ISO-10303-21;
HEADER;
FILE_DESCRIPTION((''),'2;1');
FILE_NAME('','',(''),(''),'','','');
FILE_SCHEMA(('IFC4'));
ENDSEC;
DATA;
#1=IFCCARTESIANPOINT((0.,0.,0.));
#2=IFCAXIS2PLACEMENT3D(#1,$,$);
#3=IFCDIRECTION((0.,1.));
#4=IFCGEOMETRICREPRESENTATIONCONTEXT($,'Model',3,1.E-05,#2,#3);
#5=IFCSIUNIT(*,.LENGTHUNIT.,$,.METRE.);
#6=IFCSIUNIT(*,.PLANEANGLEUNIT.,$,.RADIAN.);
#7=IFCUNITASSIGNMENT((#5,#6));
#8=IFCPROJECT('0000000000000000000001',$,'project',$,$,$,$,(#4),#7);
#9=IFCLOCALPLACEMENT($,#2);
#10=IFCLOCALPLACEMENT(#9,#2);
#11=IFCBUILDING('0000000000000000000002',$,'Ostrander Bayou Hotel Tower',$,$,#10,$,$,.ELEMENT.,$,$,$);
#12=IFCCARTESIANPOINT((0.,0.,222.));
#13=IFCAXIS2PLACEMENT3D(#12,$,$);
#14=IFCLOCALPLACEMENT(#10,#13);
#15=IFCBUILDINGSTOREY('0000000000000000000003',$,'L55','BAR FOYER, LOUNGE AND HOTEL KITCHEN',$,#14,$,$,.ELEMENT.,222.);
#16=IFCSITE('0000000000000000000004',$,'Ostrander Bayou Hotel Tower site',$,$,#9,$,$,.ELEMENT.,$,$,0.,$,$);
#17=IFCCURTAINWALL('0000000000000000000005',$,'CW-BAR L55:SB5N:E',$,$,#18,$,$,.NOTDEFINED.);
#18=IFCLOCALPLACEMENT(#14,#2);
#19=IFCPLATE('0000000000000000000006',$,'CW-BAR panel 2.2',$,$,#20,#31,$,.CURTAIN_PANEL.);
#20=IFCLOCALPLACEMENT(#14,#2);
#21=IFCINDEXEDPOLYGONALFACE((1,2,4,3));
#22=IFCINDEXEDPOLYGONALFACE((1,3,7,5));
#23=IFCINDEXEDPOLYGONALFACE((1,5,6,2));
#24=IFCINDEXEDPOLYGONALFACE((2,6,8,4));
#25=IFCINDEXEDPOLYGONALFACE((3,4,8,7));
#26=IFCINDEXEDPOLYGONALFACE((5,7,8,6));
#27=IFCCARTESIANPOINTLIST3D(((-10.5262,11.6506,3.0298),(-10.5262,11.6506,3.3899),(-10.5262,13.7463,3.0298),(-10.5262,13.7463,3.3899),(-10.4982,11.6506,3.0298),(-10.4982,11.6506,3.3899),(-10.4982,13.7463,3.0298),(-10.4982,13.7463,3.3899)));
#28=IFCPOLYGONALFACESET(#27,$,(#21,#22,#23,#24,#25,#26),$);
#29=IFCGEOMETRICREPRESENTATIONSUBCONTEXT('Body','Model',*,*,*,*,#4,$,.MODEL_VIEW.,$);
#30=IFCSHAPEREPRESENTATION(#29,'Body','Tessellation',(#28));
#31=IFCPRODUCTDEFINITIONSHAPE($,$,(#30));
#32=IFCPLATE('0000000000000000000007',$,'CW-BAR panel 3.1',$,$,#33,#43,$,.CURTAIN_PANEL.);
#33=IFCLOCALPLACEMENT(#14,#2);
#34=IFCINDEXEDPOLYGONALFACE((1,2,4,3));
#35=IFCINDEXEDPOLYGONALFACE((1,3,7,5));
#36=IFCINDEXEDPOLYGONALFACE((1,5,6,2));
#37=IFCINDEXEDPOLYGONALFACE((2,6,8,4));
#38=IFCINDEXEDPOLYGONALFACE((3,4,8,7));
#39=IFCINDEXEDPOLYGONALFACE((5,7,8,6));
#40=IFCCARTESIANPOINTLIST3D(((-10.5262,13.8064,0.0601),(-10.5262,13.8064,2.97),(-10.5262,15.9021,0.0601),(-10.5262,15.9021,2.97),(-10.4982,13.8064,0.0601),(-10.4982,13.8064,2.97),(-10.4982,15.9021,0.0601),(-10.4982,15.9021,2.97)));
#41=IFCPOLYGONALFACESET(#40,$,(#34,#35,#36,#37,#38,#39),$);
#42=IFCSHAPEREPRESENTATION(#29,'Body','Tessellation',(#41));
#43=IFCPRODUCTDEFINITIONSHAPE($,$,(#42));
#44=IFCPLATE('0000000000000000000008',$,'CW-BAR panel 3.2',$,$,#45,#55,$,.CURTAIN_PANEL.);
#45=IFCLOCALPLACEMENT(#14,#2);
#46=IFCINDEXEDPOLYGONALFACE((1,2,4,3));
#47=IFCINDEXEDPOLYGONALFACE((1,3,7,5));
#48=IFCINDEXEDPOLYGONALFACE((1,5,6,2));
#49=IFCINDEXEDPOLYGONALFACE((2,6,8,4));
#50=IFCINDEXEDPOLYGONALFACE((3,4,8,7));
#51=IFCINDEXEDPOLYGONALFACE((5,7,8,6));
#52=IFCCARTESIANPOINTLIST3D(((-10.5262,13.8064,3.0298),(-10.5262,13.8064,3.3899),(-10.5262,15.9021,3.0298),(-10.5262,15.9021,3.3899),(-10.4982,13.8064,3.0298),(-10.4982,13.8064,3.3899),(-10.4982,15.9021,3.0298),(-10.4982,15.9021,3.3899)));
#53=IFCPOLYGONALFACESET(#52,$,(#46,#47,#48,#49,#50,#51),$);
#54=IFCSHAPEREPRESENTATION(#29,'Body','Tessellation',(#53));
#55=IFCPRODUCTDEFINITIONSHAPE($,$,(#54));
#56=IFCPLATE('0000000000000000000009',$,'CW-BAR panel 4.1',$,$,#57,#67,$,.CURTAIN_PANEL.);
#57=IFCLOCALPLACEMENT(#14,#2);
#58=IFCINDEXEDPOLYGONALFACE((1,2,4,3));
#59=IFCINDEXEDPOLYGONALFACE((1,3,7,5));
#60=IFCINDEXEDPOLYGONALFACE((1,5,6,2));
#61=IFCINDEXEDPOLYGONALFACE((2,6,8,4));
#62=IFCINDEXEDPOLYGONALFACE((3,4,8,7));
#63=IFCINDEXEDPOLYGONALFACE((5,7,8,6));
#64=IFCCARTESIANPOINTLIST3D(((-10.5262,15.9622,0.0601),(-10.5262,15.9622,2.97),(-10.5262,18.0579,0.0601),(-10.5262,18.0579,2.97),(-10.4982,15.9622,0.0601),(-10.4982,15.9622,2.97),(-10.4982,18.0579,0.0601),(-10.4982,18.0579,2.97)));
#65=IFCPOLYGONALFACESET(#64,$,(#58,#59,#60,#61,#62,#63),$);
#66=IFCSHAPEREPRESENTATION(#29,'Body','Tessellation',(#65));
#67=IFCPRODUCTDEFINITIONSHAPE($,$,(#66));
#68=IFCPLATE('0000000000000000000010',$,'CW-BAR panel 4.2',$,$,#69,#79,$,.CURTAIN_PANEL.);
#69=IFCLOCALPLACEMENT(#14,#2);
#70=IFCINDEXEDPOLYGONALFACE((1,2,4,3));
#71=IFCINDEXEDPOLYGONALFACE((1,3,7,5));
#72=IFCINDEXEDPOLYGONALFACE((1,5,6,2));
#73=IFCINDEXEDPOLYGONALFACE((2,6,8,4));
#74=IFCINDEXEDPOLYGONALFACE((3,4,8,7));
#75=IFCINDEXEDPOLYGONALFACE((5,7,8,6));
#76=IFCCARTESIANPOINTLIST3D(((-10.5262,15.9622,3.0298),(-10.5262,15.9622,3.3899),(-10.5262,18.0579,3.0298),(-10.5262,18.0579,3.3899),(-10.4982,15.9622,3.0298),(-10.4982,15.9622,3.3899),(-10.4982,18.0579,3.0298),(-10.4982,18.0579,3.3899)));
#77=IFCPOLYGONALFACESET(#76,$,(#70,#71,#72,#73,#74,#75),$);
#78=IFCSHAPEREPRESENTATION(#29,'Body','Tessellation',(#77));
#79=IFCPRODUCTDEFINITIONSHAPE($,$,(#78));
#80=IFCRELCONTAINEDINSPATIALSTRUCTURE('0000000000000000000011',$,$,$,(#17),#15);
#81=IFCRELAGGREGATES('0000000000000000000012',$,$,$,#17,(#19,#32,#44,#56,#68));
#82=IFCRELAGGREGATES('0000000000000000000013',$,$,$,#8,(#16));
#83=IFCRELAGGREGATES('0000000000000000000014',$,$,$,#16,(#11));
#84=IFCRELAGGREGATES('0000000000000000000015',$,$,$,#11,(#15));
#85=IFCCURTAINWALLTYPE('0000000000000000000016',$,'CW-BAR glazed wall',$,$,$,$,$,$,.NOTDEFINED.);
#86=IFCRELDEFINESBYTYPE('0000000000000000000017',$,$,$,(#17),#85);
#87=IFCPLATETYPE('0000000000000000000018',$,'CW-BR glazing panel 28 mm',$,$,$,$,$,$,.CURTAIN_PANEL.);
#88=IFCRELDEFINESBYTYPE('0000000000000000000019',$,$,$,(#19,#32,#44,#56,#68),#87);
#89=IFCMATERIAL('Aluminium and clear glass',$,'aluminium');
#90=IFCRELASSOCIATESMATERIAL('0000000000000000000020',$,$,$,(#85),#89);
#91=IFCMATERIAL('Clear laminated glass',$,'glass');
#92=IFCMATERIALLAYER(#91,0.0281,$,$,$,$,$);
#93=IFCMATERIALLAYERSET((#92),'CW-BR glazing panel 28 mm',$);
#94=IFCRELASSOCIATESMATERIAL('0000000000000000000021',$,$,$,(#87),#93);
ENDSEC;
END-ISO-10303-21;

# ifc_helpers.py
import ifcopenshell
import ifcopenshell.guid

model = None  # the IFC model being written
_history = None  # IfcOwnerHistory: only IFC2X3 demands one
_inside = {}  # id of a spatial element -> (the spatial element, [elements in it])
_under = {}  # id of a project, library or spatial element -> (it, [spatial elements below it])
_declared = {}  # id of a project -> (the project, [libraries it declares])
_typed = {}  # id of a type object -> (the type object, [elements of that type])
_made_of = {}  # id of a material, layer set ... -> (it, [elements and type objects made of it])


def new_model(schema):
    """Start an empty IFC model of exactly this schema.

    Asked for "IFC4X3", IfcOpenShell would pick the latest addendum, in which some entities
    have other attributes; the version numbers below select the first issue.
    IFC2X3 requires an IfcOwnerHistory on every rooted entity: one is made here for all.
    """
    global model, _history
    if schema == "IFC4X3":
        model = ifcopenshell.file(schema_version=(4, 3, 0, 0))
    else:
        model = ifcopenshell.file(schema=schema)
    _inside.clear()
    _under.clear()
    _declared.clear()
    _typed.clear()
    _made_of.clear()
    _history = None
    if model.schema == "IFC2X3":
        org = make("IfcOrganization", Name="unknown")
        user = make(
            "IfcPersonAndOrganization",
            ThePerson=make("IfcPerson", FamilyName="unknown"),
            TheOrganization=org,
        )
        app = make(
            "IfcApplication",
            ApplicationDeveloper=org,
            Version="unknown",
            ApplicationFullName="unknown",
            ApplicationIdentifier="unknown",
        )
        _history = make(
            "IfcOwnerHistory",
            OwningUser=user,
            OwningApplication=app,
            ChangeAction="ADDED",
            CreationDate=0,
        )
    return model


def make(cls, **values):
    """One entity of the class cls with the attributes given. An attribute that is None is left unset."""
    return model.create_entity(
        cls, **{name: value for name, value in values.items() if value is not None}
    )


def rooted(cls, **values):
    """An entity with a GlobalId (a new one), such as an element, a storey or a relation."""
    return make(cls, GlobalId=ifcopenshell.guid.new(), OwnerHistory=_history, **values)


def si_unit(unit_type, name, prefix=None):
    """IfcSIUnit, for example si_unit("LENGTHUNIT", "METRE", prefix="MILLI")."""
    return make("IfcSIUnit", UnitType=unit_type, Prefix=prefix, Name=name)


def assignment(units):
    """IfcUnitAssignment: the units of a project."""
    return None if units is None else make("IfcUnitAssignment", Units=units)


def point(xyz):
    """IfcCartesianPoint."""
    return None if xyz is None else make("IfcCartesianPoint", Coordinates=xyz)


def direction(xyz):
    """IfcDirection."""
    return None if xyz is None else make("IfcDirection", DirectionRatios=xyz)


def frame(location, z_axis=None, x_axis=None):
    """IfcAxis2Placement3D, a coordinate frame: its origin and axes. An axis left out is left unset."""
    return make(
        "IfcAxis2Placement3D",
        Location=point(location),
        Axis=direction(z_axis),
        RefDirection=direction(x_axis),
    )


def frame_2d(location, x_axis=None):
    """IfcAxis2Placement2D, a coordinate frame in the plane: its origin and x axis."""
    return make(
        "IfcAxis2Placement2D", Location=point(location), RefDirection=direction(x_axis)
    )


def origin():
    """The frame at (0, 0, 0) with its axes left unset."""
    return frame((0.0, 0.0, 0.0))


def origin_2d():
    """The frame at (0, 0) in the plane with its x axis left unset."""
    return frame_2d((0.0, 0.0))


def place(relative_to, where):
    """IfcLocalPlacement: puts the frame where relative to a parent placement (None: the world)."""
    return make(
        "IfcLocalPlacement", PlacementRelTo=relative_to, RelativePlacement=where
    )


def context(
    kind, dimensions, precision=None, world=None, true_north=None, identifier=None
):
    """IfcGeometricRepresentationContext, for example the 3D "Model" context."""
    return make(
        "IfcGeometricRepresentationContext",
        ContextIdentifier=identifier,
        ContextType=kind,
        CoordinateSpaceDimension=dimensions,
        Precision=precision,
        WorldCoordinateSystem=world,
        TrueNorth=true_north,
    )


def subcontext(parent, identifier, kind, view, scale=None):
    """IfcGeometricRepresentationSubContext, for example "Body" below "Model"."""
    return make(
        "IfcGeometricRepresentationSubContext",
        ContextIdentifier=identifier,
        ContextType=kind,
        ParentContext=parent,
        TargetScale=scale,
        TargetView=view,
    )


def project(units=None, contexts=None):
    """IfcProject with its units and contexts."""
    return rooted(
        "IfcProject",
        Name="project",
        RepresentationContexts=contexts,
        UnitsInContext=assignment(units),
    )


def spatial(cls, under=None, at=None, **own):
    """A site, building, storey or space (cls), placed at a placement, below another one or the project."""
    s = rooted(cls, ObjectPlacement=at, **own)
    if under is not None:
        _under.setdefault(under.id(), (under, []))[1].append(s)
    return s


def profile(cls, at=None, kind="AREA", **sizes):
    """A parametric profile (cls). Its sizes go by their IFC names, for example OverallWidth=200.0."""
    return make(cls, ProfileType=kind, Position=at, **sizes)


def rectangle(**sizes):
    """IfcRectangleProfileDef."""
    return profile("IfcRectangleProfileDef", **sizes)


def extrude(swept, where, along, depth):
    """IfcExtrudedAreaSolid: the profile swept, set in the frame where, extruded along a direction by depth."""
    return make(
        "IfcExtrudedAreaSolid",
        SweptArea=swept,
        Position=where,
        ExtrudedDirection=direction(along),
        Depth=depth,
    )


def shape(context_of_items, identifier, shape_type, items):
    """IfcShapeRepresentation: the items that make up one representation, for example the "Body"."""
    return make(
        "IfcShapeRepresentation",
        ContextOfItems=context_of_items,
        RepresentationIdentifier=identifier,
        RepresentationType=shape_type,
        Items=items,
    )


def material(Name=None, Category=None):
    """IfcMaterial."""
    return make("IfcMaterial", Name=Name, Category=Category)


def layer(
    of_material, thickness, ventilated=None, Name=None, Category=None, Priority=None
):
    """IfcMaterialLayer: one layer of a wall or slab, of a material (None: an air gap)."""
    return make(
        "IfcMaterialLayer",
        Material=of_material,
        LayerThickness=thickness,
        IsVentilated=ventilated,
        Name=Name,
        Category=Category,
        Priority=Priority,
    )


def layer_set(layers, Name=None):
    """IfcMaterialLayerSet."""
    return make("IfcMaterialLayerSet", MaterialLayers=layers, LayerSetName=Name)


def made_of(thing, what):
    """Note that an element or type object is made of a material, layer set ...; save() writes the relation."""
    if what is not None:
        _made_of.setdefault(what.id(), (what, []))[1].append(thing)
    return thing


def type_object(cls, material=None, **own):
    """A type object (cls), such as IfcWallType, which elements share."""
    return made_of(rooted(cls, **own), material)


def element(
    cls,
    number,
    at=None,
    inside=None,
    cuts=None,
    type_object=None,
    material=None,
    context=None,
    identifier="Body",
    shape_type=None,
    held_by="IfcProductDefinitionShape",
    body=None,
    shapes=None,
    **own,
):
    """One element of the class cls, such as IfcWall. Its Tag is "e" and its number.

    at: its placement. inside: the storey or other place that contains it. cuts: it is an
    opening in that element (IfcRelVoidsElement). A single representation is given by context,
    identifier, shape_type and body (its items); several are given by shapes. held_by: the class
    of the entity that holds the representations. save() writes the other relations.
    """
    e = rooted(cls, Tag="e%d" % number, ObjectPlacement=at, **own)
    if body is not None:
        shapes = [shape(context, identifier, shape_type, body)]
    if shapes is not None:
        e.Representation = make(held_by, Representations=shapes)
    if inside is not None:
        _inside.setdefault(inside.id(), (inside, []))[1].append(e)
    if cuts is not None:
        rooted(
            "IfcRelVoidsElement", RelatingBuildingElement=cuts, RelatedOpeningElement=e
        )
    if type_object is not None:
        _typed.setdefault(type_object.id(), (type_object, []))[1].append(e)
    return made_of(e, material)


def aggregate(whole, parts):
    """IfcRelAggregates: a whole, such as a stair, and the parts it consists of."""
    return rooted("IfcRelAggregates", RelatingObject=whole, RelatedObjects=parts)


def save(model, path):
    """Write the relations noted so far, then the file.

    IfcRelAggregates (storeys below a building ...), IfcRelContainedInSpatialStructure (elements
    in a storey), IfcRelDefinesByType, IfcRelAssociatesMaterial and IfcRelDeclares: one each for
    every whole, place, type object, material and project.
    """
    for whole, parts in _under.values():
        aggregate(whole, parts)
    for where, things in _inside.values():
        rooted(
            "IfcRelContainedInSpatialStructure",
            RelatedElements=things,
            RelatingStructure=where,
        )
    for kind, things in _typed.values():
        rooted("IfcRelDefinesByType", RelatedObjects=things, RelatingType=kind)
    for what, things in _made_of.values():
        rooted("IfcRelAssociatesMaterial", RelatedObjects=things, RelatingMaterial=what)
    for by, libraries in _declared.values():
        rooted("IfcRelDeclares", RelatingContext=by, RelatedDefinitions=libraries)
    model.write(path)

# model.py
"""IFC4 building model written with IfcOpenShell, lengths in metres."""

from ifc_helpers import new_model, si_unit, direction, frame, origin, origin_2d, place, context, subcontext, project, spatial, rectangle, extrude, material, layer, layer_set, type_object, element, aggregate, save


model = new_model("IFC4")

# Units and contexts
model_context = context("Model", 3, precision=1e-05, world=origin(), true_north=direction((0.0, 1.0)))
body_context = subcontext(model_context, "Body", "Model", "MODEL_VIEW")
ifc_project = project(units=[si_unit("LENGTHUNIT", "METRE"), si_unit("PLANEANGLEUNIT", "RADIAN")], contexts=[model_context])

# Site, building, storey
site_placement = place(None, origin())
site = spatial("IfcSite", under=ifc_project, at=site_placement, Name="Ostrander Bayou Hotel Tower site", CompositionType="ELEMENT", RefElevation=0.0)
building_placement = place(site_placement, origin())
building = spatial("IfcBuilding", under=site, at=building_placement, Name="Ostrander Bayou Hotel Tower", CompositionType="ELEMENT")
storey_placement = place(building_placement, frame((0.0, 0.0, 222.0)))
storey = spatial("IfcBuildingStorey", under=building, at=storey_placement, Name="L55", Description="BAR FOYER, LOUNGE AND HOTEL KITCHEN", CompositionType="ELEMENT", Elevation=222.0)

# Curtain wall, plates
ifc_material_1 = material(Name="Aluminium and clear glass", Category="aluminium")
curtain_wall_type = type_object("IfcCurtainWallType", Name="CW-BAR glazed wall", PredefinedType="NOTDEFINED", material=ifc_material_1)
curtain_wall_placement = place(storey_placement, origin())
curtain_wall = element("IfcCurtainWall", 1, at=curtain_wall_placement, inside=storey, type_object=curtain_wall_type, Name="CW-BAR L55:SB5N:E", PredefinedType="NOTDEFINED")
ifc_material_2 = material(Name="Clear laminated glass", Category="glass")
ifc_layer_1 = layer(ifc_material_2, 0.0281)
ifc_layer_set_1 = layer_set([ifc_layer_1], Name="CW-BR glazing panel 28 mm")
plate_type = type_object("IfcPlateType", Name="CW-BR glazing panel 28 mm", PredefinedType="CURTAIN_PANEL", material=ifc_layer_set_1)
plate_1_placement = place(storey_placement, frame((-10.5122, 12.6985, 3.0298), z_axis=(0.0, 0.0, 1.0), x_axis=(0.0, 1.0, 0.0)))
plate_1 = element("IfcPlate", 2, at=plate_1_placement, type_object=plate_type, Name="CW-BAR panel 2.2", PredefinedType="CURTAIN_PANEL", context=body_context, shape_type="SweptSolid", body=[
    extrude(rectangle(XDim=2.0957, YDim=0.0281, at=origin_2d()), origin(), (0.0, 0.0, 1.0), 0.3601),
])
plate_2_placement = place(storey_placement, frame((-10.5122, 14.8542, 0.0601), z_axis=(0.0, 0.0, 1.0), x_axis=(0.0, 1.0, 0.0)))
plate_2 = element("IfcPlate", 3, at=plate_2_placement, type_object=plate_type, Name="CW-BAR panel 3.1", PredefinedType="CURTAIN_PANEL", context=body_context, shape_type="SweptSolid", body=[
    extrude(rectangle(XDim=2.0957, YDim=0.0281, at=origin_2d()), origin(), (0.0, 0.0, 1.0), 2.9099),
])
plate_3_placement = place(storey_placement, frame((-10.5122, 14.8542, 3.0298), z_axis=(0.0, 0.0, 1.0), x_axis=(0.0, 1.0, 0.0)))
plate_3 = element("IfcPlate", 4, at=plate_3_placement, type_object=plate_type, Name="CW-BAR panel 3.2", PredefinedType="CURTAIN_PANEL", context=body_context, shape_type="SweptSolid", body=[
    extrude(rectangle(XDim=2.0957, YDim=0.0281, at=origin_2d()), origin(), (0.0, 0.0, 1.0), 0.3601),
])
plate_4_placement = place(storey_placement, frame((-10.5122, 17.01, 0.0601), z_axis=(0.0, 0.0, 1.0), x_axis=(0.0, 1.0, 0.0)))
plate_4 = element("IfcPlate", 5, at=plate_4_placement, type_object=plate_type, Name="CW-BAR panel 4.1", PredefinedType="CURTAIN_PANEL", context=body_context, shape_type="SweptSolid", body=[
    extrude(rectangle(XDim=2.0957, YDim=0.0281, at=origin_2d()), origin(), (0.0, 0.0, 1.0), 2.9099),
])
plate_5_placement = place(storey_placement, frame((-10.5122, 17.01, 3.0298), z_axis=(0.0, 0.0, 1.0), x_axis=(0.0, 1.0, 0.0)))
plate_5 = element("IfcPlate", 6, at=plate_5_placement, type_object=plate_type, Name="CW-BAR panel 4.2", PredefinedType="CURTAIN_PANEL", context=body_context, shape_type="SweptSolid", body=[
    extrude(rectangle(XDim=2.0957, YDim=0.0281, at=origin_2d()), origin(), (0.0, 0.0, 1.0), 0.3601),
])
aggregate(curtain_wall, [plate_1, plate_2, plate_3, plate_4, plate_5])

save(model, "model.ifc")
